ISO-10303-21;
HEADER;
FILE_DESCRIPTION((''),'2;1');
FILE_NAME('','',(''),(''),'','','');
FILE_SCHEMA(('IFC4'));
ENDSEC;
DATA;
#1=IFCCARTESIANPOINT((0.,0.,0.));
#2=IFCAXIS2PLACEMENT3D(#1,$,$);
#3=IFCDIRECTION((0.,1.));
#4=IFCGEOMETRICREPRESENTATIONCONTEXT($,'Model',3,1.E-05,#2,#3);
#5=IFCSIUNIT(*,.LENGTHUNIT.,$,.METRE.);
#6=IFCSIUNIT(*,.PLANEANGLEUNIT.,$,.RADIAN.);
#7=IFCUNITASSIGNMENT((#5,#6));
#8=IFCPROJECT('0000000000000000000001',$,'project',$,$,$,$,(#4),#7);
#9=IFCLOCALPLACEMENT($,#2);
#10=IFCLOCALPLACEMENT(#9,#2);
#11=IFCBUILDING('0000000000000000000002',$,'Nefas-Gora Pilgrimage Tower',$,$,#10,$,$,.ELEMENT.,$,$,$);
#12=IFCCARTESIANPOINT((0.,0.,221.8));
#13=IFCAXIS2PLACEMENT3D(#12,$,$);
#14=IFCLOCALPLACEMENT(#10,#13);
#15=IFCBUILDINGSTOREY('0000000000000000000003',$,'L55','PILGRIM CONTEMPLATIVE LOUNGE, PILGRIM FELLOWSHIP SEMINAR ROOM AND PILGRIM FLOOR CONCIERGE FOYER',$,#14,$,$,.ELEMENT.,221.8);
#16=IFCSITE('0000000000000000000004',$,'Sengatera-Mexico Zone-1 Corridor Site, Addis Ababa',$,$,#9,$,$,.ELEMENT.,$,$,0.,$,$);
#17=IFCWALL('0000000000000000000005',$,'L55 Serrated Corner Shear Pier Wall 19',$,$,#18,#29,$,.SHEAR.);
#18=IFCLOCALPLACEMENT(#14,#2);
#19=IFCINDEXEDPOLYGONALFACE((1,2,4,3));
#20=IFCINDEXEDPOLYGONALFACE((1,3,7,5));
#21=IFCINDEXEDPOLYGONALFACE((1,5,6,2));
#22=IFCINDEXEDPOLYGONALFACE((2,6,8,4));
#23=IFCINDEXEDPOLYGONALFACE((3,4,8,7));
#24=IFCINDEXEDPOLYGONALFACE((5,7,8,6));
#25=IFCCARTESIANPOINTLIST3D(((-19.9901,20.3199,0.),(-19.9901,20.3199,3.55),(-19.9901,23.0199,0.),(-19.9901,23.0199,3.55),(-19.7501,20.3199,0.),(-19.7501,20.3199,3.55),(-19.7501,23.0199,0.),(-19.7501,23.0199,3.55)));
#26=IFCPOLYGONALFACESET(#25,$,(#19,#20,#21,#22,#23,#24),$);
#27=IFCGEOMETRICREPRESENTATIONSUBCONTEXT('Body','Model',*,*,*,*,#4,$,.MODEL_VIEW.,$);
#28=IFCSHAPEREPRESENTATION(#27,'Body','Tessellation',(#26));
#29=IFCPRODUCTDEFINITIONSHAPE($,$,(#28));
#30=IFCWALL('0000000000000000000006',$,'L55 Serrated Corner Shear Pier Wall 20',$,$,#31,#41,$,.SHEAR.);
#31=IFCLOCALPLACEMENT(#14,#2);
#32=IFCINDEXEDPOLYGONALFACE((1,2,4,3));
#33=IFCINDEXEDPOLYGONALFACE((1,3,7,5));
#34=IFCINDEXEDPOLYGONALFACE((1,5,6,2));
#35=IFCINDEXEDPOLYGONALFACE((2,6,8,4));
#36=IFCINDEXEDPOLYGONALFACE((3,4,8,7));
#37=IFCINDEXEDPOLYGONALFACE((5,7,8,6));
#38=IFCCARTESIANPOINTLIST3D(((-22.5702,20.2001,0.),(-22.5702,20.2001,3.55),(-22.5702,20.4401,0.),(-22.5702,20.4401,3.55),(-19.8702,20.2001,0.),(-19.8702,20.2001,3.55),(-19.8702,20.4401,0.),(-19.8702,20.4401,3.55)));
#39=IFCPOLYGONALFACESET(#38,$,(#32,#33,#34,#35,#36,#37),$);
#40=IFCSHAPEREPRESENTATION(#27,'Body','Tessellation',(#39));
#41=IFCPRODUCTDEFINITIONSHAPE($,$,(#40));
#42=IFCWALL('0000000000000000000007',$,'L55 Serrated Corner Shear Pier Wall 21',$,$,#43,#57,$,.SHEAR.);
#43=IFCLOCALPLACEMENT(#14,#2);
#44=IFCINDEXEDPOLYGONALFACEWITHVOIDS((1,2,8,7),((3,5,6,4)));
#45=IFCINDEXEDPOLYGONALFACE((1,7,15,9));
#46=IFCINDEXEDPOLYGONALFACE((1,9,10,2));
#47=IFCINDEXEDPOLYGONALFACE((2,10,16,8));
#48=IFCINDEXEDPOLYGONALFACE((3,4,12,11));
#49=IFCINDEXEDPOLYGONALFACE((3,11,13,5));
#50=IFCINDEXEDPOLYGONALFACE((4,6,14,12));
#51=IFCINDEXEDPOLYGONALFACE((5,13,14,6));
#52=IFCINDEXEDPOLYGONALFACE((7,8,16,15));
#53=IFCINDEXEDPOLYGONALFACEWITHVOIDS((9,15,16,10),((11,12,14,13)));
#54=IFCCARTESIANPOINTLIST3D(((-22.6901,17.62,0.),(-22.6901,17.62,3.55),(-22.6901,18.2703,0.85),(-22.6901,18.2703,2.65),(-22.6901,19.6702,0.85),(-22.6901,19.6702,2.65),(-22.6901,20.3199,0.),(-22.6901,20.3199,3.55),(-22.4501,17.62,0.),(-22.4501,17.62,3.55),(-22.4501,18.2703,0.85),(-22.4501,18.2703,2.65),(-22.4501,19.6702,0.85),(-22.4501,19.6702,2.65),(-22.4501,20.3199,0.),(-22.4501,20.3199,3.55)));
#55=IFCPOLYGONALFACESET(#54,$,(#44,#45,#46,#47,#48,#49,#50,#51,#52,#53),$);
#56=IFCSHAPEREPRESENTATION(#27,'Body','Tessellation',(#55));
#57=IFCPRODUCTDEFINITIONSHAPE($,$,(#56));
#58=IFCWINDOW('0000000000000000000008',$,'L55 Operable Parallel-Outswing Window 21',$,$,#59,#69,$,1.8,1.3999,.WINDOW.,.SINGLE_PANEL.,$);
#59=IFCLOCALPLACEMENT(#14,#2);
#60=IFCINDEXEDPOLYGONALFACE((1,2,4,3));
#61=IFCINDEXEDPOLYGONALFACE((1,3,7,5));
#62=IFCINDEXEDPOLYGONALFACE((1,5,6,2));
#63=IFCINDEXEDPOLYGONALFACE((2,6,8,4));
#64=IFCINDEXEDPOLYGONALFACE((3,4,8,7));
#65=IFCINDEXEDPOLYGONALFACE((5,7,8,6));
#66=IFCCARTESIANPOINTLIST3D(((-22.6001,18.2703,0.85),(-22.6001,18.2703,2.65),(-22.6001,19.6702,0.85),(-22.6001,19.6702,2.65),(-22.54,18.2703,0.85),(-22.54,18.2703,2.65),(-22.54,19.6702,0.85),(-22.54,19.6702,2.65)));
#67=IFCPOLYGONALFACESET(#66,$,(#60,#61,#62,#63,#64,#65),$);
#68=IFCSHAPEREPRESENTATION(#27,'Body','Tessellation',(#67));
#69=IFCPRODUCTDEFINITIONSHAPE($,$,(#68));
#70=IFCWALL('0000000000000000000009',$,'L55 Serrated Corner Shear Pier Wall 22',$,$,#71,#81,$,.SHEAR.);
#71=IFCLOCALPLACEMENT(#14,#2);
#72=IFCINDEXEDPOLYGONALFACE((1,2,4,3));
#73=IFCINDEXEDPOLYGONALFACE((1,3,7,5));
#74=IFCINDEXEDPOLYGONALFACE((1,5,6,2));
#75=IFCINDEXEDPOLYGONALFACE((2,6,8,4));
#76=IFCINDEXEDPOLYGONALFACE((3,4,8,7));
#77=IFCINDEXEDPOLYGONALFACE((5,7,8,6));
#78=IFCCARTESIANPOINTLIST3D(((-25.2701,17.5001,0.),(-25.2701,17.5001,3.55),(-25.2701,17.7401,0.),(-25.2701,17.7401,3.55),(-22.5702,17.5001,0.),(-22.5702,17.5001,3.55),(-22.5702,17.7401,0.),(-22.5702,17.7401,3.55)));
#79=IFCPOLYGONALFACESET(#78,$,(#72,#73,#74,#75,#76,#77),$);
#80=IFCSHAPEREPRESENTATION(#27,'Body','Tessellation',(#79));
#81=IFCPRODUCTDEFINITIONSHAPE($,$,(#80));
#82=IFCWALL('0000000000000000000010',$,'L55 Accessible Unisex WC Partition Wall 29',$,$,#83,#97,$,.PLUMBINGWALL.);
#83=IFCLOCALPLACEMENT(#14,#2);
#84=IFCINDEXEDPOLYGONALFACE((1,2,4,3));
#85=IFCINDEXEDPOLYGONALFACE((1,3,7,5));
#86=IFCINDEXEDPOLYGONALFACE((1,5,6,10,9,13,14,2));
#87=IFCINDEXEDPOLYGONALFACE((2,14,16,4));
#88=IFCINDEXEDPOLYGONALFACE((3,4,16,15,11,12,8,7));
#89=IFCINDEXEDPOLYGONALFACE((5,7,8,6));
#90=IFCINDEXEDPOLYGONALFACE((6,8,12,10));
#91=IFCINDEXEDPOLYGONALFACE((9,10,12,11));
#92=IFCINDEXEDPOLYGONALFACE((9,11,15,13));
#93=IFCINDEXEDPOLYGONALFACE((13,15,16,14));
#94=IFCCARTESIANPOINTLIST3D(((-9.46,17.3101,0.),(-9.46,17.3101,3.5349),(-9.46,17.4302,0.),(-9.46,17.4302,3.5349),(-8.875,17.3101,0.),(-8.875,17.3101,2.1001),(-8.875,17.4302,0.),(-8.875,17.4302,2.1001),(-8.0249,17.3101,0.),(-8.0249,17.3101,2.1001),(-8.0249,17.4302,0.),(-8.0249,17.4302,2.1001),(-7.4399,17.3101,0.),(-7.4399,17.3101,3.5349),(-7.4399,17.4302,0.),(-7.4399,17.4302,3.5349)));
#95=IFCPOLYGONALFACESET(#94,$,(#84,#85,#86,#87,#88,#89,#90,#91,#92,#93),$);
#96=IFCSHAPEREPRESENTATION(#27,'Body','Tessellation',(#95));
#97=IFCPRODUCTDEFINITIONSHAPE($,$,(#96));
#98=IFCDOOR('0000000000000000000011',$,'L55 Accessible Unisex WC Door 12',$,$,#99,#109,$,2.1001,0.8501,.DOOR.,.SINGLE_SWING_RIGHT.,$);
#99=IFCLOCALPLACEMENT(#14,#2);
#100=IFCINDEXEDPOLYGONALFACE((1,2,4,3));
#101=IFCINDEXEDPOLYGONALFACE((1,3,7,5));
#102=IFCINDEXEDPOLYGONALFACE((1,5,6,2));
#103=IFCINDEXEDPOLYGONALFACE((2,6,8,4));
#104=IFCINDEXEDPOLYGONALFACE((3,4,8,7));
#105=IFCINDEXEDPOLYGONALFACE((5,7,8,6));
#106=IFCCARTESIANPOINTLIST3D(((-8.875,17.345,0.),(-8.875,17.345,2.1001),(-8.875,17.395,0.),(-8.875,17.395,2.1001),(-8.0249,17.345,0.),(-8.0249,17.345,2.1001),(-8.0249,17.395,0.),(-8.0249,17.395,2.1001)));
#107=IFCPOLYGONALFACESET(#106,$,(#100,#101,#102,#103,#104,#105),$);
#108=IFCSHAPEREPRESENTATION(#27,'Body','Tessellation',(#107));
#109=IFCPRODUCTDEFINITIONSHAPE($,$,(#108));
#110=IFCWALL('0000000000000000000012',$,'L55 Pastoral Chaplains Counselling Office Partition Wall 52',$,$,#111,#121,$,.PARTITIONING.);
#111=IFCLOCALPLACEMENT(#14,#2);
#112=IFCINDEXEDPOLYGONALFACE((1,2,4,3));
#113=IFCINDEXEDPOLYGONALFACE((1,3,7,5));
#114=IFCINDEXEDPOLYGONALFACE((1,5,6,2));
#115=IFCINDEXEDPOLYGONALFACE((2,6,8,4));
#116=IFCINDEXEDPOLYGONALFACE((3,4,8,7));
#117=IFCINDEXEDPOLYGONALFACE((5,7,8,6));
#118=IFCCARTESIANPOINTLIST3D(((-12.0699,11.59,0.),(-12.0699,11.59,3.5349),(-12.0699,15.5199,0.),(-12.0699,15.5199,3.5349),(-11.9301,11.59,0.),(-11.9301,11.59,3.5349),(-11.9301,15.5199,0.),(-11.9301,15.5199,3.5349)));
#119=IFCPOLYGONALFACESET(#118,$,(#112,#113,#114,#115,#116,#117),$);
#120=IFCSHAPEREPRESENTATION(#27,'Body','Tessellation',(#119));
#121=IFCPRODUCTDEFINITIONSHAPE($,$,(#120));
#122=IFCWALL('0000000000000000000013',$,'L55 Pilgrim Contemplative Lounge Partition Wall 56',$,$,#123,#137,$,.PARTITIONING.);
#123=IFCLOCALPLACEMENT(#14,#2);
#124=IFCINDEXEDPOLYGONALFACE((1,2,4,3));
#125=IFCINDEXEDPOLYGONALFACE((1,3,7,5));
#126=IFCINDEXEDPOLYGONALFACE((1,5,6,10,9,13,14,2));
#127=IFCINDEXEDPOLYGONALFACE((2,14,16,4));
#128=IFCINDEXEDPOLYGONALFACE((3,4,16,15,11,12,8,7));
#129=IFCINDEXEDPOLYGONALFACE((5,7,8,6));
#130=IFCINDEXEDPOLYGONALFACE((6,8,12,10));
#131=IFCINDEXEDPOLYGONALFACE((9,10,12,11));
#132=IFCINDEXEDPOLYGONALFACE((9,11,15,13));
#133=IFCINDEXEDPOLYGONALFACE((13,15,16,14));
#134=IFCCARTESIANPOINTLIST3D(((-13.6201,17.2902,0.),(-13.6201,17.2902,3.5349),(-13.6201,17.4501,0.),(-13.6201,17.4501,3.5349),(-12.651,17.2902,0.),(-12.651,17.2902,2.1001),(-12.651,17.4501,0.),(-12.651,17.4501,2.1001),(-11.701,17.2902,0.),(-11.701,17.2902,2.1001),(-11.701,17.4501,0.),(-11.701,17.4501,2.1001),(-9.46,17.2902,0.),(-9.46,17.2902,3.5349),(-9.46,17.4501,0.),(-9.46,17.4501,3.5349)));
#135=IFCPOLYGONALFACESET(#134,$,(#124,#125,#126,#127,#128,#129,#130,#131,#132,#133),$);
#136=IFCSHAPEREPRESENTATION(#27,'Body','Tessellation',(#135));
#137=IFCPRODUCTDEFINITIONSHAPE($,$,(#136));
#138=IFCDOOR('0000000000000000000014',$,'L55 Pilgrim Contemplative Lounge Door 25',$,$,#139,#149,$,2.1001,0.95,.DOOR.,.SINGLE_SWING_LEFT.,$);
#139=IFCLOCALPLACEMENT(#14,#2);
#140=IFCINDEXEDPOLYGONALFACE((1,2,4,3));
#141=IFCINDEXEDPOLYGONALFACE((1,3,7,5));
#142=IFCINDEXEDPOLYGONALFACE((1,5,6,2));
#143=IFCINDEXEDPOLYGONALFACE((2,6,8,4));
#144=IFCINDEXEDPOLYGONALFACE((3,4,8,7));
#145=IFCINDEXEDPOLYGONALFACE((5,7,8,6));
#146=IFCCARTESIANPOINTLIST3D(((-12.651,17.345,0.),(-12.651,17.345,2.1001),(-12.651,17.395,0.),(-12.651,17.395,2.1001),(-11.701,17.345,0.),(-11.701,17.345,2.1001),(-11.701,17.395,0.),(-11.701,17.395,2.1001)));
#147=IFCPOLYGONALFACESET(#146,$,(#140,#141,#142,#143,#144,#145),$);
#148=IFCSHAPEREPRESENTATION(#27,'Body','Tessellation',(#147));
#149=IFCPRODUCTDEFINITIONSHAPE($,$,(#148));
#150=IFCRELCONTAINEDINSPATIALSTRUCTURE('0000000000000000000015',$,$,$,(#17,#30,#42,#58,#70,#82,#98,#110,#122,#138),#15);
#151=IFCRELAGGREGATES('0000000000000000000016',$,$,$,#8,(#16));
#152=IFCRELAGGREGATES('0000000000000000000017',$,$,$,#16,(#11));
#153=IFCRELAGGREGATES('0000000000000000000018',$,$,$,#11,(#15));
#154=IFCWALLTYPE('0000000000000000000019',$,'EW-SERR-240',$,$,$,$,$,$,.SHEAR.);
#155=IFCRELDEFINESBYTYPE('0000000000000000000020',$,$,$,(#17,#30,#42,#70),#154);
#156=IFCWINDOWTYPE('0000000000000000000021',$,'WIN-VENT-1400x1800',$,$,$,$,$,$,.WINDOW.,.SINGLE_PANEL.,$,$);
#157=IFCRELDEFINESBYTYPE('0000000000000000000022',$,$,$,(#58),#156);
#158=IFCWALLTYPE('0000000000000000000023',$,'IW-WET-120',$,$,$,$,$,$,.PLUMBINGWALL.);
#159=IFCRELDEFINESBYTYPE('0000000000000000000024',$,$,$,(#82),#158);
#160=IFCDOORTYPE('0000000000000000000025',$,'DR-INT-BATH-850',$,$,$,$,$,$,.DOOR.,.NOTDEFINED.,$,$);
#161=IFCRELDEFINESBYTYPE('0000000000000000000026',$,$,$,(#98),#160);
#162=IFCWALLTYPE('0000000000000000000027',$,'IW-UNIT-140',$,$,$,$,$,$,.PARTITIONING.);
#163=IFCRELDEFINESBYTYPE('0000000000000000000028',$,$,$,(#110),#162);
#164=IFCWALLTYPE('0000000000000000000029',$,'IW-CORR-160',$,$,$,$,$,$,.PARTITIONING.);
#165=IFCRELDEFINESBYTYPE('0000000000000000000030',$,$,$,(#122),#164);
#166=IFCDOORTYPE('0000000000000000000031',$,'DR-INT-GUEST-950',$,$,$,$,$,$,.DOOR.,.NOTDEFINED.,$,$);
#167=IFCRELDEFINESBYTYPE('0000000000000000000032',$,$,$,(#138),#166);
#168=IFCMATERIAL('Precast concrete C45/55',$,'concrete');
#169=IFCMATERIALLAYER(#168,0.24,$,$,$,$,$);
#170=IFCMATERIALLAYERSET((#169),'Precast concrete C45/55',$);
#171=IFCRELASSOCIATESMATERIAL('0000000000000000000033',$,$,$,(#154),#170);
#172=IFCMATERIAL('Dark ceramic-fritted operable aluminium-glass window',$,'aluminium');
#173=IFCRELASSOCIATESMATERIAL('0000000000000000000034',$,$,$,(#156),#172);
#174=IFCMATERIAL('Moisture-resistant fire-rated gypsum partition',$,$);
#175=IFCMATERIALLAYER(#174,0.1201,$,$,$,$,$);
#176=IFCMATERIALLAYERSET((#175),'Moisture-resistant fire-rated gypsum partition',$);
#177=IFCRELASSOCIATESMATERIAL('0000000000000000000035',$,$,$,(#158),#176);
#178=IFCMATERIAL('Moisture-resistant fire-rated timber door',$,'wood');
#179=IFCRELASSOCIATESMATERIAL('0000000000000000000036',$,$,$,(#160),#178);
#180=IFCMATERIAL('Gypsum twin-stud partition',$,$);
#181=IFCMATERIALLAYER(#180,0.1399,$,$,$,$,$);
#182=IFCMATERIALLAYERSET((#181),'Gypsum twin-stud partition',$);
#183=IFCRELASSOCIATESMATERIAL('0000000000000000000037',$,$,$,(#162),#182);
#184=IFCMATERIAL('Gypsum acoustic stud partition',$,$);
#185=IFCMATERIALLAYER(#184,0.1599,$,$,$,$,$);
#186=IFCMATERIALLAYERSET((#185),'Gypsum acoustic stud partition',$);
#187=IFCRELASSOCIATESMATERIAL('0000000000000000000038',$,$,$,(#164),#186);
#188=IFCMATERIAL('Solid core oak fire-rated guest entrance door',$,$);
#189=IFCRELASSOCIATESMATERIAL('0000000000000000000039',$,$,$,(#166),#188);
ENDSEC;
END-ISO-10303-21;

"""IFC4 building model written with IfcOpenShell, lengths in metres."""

from ifc_helpers import new_model, si_unit, direction, frame, frame_2d, origin, place, context, subcontext, project, spatial, rectangle, extrude, source, transform, mapped, material, layer, layer_set, type_object, element, fill, save


model = new_model("IFC4")

# Units and contexts
model_context = context("Model", 3, precision=1e-05, world=origin(), true_north=direction((0.0, 1.0)))
body_context = subcontext(model_context, "Body", "Model", "MODEL_VIEW")
ifc_project = project(units=[si_unit("LENGTHUNIT", "METRE"), si_unit("PLANEANGLEUNIT", "RADIAN")], contexts=[model_context])

# Site, building, storey
site_placement = place(None, origin())
site = spatial("IfcSite", under=ifc_project, at=site_placement, Name="Sengatera-Mexico Zone-1 Corridor Site, Addis Ababa", CompositionType="ELEMENT", RefElevation=0.0)
building_placement = place(site_placement, origin())
building = spatial("IfcBuilding", under=site, at=building_placement, Name="Nefas-Gora Pilgrimage Tower", CompositionType="ELEMENT")
storey_placement = place(building_placement, frame((0.0, 0.0, 221.8)))
storey = spatial("IfcBuildingStorey", under=building, at=storey_placement, Name="L55", Description="PILGRIM CONTEMPLATIVE LOUNGE, PILGRIM FELLOWSHIP SEMINAR ROOM AND PILGRIM FLOOR CONCIERGE FOYER", CompositionType="ELEMENT", Elevation=221.8)

# Walls
ifc_material_1 = material(Name="Precast concrete C45/55", Category="concrete")
ifc_layer_1 = layer(ifc_material_1, 0.24)
ifc_layer_set_1 = layer_set([ifc_layer_1], Name="Precast concrete C45/55")
wall_type_1 = type_object("IfcWallType", Name="EW-SERR-240", PredefinedType="SHEAR", material=ifc_layer_set_1)
shared_shape_1 = source(origin(), body_context, "Body", "SweptSolid", [
    extrude(rectangle(XDim=2.7, YDim=0.24, at=frame_2d((1.3501, 0.0))), origin(), (0.0, 0.0, 1.0), 3.55),
])
for number, where, z_axis, x_axis, name in (
    (1, (-19.8701, 23.02, 0.0), (0.0, 0.0, 1.0), (0.0, -1.0, 0.0), "L55 Serrated Corner Shear Pier Wall 19"),
    (2, (-19.8701, 20.3201, 0.0), (0.0, 0.0, 1.0), (-1.0, 0.0, 0.0), "L55 Serrated Corner Shear Pier Wall 20"),
):
    element("IfcWall", number, at=place(storey_placement, frame(where, z_axis=z_axis, x_axis=x_axis)), inside=storey, type_object=wall_type_1, Name=name, PredefinedType="SHEAR", context=body_context, shape_type="MappedRepresentation", body=[
        mapped(shared_shape_1, transform((0.0, 0.0, 0.0), x_axis=(1.0, 0.0, 0.0), y_axis=(0.0, 1.0, 0.0), z_axis=(0.0, 0.0, 1.0), scale=1.0)),
    ])

# Wall, opening, window
wall_1_placement = place(storey_placement, frame((-22.5701, 20.3201, 0.0), z_axis=(0.0, 0.0, 1.0), x_axis=(0.0, -1.0, 0.0)))
wall_1 = element("IfcWall", 3, at=wall_1_placement, inside=storey, type_object=wall_type_1, Name="L55 Serrated Corner Shear Pier Wall 21", PredefinedType="SHEAR", context=body_context, shape_type="MappedRepresentation", body=[
    mapped(shared_shape_1, transform((0.0, 0.0, 0.0), x_axis=(1.0, 0.0, 0.0), y_axis=(0.0, 1.0, 0.0), z_axis=(0.0, 0.0, 1.0), scale=1.0)),
])
opening_1_placement = place(wall_1_placement, frame((0.6499, 0.0, 0.8501)))
opening_1 = element("IfcOpeningElement", 4, at=opening_1_placement, cuts=wall_1, PredefinedType="OPENING", context=body_context, shape_type="SweptSolid", body=[
    extrude(rectangle(XDim=1.3999, YDim=1.8, at=frame_2d((0.7, 0.8999))), frame((0.0, 0.1299, 0.0), z_axis=(0.0, -1.0, 0.0), x_axis=(1.0, 0.0, 0.0)), (0.0, 0.0, 1.0), 0.26),
])
ifc_material_2 = material(Name="Dark ceramic-fritted operable aluminium-glass window", Category="aluminium")
window_type = type_object("IfcWindowType", Name="WIN-VENT-1400x1800", PartitioningType="SINGLE_PANEL", PredefinedType="WINDOW", material=ifc_material_2)
shared_shape_2 = source(origin(), body_context, "Body", "SweptSolid", [
    extrude(rectangle(XDim=1.3999, YDim=1.8, at=frame_2d((0.7, 0.8999))), frame((0.0, 0.03, 0.0), z_axis=(0.0, -1.0, 0.0), x_axis=(1.0, 0.0, 0.0)), (0.0, 0.0, 1.0), 0.0601),
])
window_placement = place(opening_1_placement, origin())
window = element("IfcWindow", 5, at=window_placement, inside=storey, type_object=window_type, Name="L55 Operable Parallel-Outswing Window 21", OverallHeight=1.8, OverallWidth=1.3999, PartitioningType="SINGLE_PANEL", PredefinedType="WINDOW", context=body_context, shape_type="MappedRepresentation", body=[
    mapped(shared_shape_2, transform((0.0, 0.0, 0.0), x_axis=(1.0, 0.0, 0.0), y_axis=(0.0, 1.0, 0.0), z_axis=(0.0, 0.0, 1.0), scale=1.0)),
])
fill(opening_1, window)

# Wall
wall_2_placement = place(storey_placement, frame((-22.5701, 17.6201, 0.0), z_axis=(0.0, 0.0, 1.0), x_axis=(-1.0, 0.0, 0.0)))
element("IfcWall", 6, at=wall_2_placement, inside=storey, type_object=wall_type_1, Name="L55 Serrated Corner Shear Pier Wall 22", PredefinedType="SHEAR", context=body_context, shape_type="MappedRepresentation", body=[
    mapped(shared_shape_1, transform((0.0, 0.0, 0.0), x_axis=(1.0, 0.0, 0.0), y_axis=(0.0, 1.0, 0.0), z_axis=(0.0, 0.0, 1.0), scale=1.0)),
])

# Wall, opening, door
ifc_material_3 = material(Name="Moisture-resistant fire-rated gypsum partition")
ifc_layer_2 = layer(ifc_material_3, 0.1201)
ifc_layer_set_2 = layer_set([ifc_layer_2], Name="Moisture-resistant fire-rated gypsum partition")
wall_type_2 = type_object("IfcWallType", Name="IW-WET-120", PredefinedType="PLUMBINGWALL", material=ifc_layer_set_2)
shared_shape_3 = source(origin(), body_context, "Body", "SweptSolid", [
    extrude(rectangle(XDim=2.02, YDim=0.1201, at=frame_2d((1.01, 0.0))), origin(), (0.0, 0.0, 1.0), 3.5349),
])
wall_3_placement = place(storey_placement, frame((-9.46, 17.3701, 0.0), z_axis=(0.0, 0.0, 1.0), x_axis=(1.0, 0.0, 0.0)))
wall_3 = element("IfcWall", 7, at=wall_3_placement, inside=storey, type_object=wall_type_2, Name="L55 Accessible Unisex WC Partition Wall 29", PredefinedType="PLUMBINGWALL", context=body_context, shape_type="MappedRepresentation", body=[
    mapped(shared_shape_3, transform((0.0, 0.0, 0.0), x_axis=(1.0, 0.0, 0.0), y_axis=(0.0, 1.0, 0.0), z_axis=(0.0, 0.0, 1.0), scale=1.0)),
])
opening_2_placement = place(wall_3_placement, frame((0.585, 0.0, 0.0)))
opening_2 = element("IfcOpeningElement", 8, at=opening_2_placement, cuts=wall_3, PredefinedType="OPENING", context=body_context, shape_type="SweptSolid", body=[
    extrude(rectangle(XDim=0.8501, YDim=2.1001, at=frame_2d((0.425, 1.05))), frame((0.0, 0.0701, 0.0), z_axis=(0.0, -1.0, 0.0), x_axis=(1.0, 0.0, 0.0)), (0.0, 0.0, 1.0), 0.1401),
])
ifc_material_4 = material(Name="Moisture-resistant fire-rated timber door", Category="wood")
door_type_1 = type_object("IfcDoorType", Name="DR-INT-BATH-850", OperationType="NOTDEFINED", PredefinedType="DOOR", material=ifc_material_4)
shared_shape_4 = source(origin(), body_context, "Body", "SweptSolid", [
    extrude(rectangle(XDim=0.8501, YDim=2.1001, at=frame_2d((0.425, 1.05))), frame((0.0, 0.0249, 0.0), z_axis=(0.0, -1.0, 0.0), x_axis=(1.0, 0.0, 0.0)), (0.0, 0.0, 1.0), 0.05),
])
door_1_placement = place(opening_2_placement, origin())
door_1 = element("IfcDoor", 9, at=door_1_placement, inside=storey, type_object=door_type_1, Name="L55 Accessible Unisex WC Door 12", OperationType="SINGLE_SWING_RIGHT", OverallHeight=2.1001, OverallWidth=0.8501, PredefinedType="DOOR", context=body_context, shape_type="MappedRepresentation", body=[
    mapped(shared_shape_4, transform((0.0, 0.0, 0.0), x_axis=(1.0, 0.0, 0.0), y_axis=(0.0, 1.0, 0.0), z_axis=(0.0, 0.0, 1.0), scale=1.0)),
])
fill(opening_2, door_1)

# Wall
ifc_material_5 = material(Name="Gypsum twin-stud partition")
ifc_layer_3 = layer(ifc_material_5, 0.1399)
ifc_layer_set_3 = layer_set([ifc_layer_3], Name="Gypsum twin-stud partition")
wall_type_3 = type_object("IfcWallType", Name="IW-UNIT-140", PredefinedType="PARTITIONING", material=ifc_layer_set_3)
shared_shape_5 = source(origin(), body_context, "Body", "SweptSolid", [
    extrude(rectangle(XDim=3.9299, YDim=0.1399, at=frame_2d((1.9648, 0.0))), origin(), (0.0, 0.0, 1.0), 3.5349),
])
wall_4_placement = place(storey_placement, frame((-12.0, 11.5901, 0.0), z_axis=(0.0, 0.0, 1.0), x_axis=(0.0, 1.0, 0.0)))
element("IfcWall", 10, at=wall_4_placement, inside=storey, type_object=wall_type_3, Name="L55 Pastoral Chaplains Counselling Office Partition Wall 52", PredefinedType="PARTITIONING", context=body_context, shape_type="MappedRepresentation", body=[
    mapped(shared_shape_5, transform((0.0, 0.0, 0.0), x_axis=(1.0, 0.0, 0.0), y_axis=(0.0, 1.0, 0.0), z_axis=(0.0, 0.0, 1.0), scale=1.0)),
])

# Wall, opening, door
ifc_material_6 = material(Name="Gypsum acoustic stud partition")
ifc_layer_4 = layer(ifc_material_6, 0.1599)
ifc_layer_set_4 = layer_set([ifc_layer_4], Name="Gypsum acoustic stud partition")
wall_type_4 = type_object("IfcWallType", Name="IW-CORR-160", PredefinedType="PARTITIONING", material=ifc_layer_set_4)
shared_shape_6 = source(origin(), body_context, "Body", "SweptSolid", [
    extrude(rectangle(XDim=4.1602, YDim=0.1599, at=frame_2d((2.0801, 0.0))), origin(), (0.0, 0.0, 1.0), 3.5349),
])
wall_5_placement = place(storey_placement, frame((-13.6201, 17.3701, 0.0), z_axis=(0.0, 0.0, 1.0), x_axis=(1.0, 0.0, 0.0)))
wall_5 = element("IfcWall", 11, at=wall_5_placement, inside=storey, type_object=wall_type_4, Name="L55 Pilgrim Contemplative Lounge Partition Wall 56", PredefinedType="PARTITIONING", context=body_context, shape_type="MappedRepresentation", body=[
    mapped(shared_shape_6, transform((0.0, 0.0, 0.0), x_axis=(1.0, 0.0, 0.0), y_axis=(0.0, 1.0, 0.0), z_axis=(0.0, 0.0, 1.0), scale=1.0)),
])
opening_3_placement = place(wall_5_placement, frame((0.969, 0.0, 0.0)))
opening_3 = element("IfcOpeningElement", 12, at=opening_3_placement, cuts=wall_5, PredefinedType="OPENING", context=body_context, shape_type="SweptSolid", body=[
    extrude(rectangle(XDim=0.95, YDim=2.1001, at=frame_2d((0.4751, 1.05))), frame((0.0, 0.0898, 0.0), z_axis=(0.0, -1.0, 0.0), x_axis=(1.0, 0.0, 0.0)), (0.0, 0.0, 1.0), 0.1799),
])
ifc_material_7 = material(Name="Solid core oak fire-rated guest entrance door")
door_type_2 = type_object("IfcDoorType", Name="DR-INT-GUEST-950", OperationType="NOTDEFINED", PredefinedType="DOOR", material=ifc_material_7)
shared_shape_7 = source(origin(), body_context, "Body", "SweptSolid", [
    extrude(rectangle(XDim=0.95, YDim=2.1001, at=frame_2d((0.4751, 1.05))), frame((0.0, 0.0249, 0.0), z_axis=(0.0, -1.0, 0.0), x_axis=(1.0, 0.0, 0.0)), (0.0, 0.0, 1.0), 0.05),
])
door_2_placement = place(opening_3_placement, origin())
door_2 = element("IfcDoor", 13, at=door_2_placement, inside=storey, type_object=door_type_2, Name="L55 Pilgrim Contemplative Lounge Door 25", OperationType="SINGLE_SWING_LEFT", OverallHeight=2.1001, OverallWidth=0.95, PredefinedType="DOOR", context=body_context, shape_type="MappedRepresentation", body=[
    mapped(shared_shape_7, transform((0.0, 0.0, 0.0), x_axis=(1.0, 0.0, 0.0), y_axis=(0.0, 1.0, 0.0), z_axis=(0.0, 0.0, 1.0), scale=1.0)),
])
fill(opening_3, door_2)

save(model, "model.ifc")
